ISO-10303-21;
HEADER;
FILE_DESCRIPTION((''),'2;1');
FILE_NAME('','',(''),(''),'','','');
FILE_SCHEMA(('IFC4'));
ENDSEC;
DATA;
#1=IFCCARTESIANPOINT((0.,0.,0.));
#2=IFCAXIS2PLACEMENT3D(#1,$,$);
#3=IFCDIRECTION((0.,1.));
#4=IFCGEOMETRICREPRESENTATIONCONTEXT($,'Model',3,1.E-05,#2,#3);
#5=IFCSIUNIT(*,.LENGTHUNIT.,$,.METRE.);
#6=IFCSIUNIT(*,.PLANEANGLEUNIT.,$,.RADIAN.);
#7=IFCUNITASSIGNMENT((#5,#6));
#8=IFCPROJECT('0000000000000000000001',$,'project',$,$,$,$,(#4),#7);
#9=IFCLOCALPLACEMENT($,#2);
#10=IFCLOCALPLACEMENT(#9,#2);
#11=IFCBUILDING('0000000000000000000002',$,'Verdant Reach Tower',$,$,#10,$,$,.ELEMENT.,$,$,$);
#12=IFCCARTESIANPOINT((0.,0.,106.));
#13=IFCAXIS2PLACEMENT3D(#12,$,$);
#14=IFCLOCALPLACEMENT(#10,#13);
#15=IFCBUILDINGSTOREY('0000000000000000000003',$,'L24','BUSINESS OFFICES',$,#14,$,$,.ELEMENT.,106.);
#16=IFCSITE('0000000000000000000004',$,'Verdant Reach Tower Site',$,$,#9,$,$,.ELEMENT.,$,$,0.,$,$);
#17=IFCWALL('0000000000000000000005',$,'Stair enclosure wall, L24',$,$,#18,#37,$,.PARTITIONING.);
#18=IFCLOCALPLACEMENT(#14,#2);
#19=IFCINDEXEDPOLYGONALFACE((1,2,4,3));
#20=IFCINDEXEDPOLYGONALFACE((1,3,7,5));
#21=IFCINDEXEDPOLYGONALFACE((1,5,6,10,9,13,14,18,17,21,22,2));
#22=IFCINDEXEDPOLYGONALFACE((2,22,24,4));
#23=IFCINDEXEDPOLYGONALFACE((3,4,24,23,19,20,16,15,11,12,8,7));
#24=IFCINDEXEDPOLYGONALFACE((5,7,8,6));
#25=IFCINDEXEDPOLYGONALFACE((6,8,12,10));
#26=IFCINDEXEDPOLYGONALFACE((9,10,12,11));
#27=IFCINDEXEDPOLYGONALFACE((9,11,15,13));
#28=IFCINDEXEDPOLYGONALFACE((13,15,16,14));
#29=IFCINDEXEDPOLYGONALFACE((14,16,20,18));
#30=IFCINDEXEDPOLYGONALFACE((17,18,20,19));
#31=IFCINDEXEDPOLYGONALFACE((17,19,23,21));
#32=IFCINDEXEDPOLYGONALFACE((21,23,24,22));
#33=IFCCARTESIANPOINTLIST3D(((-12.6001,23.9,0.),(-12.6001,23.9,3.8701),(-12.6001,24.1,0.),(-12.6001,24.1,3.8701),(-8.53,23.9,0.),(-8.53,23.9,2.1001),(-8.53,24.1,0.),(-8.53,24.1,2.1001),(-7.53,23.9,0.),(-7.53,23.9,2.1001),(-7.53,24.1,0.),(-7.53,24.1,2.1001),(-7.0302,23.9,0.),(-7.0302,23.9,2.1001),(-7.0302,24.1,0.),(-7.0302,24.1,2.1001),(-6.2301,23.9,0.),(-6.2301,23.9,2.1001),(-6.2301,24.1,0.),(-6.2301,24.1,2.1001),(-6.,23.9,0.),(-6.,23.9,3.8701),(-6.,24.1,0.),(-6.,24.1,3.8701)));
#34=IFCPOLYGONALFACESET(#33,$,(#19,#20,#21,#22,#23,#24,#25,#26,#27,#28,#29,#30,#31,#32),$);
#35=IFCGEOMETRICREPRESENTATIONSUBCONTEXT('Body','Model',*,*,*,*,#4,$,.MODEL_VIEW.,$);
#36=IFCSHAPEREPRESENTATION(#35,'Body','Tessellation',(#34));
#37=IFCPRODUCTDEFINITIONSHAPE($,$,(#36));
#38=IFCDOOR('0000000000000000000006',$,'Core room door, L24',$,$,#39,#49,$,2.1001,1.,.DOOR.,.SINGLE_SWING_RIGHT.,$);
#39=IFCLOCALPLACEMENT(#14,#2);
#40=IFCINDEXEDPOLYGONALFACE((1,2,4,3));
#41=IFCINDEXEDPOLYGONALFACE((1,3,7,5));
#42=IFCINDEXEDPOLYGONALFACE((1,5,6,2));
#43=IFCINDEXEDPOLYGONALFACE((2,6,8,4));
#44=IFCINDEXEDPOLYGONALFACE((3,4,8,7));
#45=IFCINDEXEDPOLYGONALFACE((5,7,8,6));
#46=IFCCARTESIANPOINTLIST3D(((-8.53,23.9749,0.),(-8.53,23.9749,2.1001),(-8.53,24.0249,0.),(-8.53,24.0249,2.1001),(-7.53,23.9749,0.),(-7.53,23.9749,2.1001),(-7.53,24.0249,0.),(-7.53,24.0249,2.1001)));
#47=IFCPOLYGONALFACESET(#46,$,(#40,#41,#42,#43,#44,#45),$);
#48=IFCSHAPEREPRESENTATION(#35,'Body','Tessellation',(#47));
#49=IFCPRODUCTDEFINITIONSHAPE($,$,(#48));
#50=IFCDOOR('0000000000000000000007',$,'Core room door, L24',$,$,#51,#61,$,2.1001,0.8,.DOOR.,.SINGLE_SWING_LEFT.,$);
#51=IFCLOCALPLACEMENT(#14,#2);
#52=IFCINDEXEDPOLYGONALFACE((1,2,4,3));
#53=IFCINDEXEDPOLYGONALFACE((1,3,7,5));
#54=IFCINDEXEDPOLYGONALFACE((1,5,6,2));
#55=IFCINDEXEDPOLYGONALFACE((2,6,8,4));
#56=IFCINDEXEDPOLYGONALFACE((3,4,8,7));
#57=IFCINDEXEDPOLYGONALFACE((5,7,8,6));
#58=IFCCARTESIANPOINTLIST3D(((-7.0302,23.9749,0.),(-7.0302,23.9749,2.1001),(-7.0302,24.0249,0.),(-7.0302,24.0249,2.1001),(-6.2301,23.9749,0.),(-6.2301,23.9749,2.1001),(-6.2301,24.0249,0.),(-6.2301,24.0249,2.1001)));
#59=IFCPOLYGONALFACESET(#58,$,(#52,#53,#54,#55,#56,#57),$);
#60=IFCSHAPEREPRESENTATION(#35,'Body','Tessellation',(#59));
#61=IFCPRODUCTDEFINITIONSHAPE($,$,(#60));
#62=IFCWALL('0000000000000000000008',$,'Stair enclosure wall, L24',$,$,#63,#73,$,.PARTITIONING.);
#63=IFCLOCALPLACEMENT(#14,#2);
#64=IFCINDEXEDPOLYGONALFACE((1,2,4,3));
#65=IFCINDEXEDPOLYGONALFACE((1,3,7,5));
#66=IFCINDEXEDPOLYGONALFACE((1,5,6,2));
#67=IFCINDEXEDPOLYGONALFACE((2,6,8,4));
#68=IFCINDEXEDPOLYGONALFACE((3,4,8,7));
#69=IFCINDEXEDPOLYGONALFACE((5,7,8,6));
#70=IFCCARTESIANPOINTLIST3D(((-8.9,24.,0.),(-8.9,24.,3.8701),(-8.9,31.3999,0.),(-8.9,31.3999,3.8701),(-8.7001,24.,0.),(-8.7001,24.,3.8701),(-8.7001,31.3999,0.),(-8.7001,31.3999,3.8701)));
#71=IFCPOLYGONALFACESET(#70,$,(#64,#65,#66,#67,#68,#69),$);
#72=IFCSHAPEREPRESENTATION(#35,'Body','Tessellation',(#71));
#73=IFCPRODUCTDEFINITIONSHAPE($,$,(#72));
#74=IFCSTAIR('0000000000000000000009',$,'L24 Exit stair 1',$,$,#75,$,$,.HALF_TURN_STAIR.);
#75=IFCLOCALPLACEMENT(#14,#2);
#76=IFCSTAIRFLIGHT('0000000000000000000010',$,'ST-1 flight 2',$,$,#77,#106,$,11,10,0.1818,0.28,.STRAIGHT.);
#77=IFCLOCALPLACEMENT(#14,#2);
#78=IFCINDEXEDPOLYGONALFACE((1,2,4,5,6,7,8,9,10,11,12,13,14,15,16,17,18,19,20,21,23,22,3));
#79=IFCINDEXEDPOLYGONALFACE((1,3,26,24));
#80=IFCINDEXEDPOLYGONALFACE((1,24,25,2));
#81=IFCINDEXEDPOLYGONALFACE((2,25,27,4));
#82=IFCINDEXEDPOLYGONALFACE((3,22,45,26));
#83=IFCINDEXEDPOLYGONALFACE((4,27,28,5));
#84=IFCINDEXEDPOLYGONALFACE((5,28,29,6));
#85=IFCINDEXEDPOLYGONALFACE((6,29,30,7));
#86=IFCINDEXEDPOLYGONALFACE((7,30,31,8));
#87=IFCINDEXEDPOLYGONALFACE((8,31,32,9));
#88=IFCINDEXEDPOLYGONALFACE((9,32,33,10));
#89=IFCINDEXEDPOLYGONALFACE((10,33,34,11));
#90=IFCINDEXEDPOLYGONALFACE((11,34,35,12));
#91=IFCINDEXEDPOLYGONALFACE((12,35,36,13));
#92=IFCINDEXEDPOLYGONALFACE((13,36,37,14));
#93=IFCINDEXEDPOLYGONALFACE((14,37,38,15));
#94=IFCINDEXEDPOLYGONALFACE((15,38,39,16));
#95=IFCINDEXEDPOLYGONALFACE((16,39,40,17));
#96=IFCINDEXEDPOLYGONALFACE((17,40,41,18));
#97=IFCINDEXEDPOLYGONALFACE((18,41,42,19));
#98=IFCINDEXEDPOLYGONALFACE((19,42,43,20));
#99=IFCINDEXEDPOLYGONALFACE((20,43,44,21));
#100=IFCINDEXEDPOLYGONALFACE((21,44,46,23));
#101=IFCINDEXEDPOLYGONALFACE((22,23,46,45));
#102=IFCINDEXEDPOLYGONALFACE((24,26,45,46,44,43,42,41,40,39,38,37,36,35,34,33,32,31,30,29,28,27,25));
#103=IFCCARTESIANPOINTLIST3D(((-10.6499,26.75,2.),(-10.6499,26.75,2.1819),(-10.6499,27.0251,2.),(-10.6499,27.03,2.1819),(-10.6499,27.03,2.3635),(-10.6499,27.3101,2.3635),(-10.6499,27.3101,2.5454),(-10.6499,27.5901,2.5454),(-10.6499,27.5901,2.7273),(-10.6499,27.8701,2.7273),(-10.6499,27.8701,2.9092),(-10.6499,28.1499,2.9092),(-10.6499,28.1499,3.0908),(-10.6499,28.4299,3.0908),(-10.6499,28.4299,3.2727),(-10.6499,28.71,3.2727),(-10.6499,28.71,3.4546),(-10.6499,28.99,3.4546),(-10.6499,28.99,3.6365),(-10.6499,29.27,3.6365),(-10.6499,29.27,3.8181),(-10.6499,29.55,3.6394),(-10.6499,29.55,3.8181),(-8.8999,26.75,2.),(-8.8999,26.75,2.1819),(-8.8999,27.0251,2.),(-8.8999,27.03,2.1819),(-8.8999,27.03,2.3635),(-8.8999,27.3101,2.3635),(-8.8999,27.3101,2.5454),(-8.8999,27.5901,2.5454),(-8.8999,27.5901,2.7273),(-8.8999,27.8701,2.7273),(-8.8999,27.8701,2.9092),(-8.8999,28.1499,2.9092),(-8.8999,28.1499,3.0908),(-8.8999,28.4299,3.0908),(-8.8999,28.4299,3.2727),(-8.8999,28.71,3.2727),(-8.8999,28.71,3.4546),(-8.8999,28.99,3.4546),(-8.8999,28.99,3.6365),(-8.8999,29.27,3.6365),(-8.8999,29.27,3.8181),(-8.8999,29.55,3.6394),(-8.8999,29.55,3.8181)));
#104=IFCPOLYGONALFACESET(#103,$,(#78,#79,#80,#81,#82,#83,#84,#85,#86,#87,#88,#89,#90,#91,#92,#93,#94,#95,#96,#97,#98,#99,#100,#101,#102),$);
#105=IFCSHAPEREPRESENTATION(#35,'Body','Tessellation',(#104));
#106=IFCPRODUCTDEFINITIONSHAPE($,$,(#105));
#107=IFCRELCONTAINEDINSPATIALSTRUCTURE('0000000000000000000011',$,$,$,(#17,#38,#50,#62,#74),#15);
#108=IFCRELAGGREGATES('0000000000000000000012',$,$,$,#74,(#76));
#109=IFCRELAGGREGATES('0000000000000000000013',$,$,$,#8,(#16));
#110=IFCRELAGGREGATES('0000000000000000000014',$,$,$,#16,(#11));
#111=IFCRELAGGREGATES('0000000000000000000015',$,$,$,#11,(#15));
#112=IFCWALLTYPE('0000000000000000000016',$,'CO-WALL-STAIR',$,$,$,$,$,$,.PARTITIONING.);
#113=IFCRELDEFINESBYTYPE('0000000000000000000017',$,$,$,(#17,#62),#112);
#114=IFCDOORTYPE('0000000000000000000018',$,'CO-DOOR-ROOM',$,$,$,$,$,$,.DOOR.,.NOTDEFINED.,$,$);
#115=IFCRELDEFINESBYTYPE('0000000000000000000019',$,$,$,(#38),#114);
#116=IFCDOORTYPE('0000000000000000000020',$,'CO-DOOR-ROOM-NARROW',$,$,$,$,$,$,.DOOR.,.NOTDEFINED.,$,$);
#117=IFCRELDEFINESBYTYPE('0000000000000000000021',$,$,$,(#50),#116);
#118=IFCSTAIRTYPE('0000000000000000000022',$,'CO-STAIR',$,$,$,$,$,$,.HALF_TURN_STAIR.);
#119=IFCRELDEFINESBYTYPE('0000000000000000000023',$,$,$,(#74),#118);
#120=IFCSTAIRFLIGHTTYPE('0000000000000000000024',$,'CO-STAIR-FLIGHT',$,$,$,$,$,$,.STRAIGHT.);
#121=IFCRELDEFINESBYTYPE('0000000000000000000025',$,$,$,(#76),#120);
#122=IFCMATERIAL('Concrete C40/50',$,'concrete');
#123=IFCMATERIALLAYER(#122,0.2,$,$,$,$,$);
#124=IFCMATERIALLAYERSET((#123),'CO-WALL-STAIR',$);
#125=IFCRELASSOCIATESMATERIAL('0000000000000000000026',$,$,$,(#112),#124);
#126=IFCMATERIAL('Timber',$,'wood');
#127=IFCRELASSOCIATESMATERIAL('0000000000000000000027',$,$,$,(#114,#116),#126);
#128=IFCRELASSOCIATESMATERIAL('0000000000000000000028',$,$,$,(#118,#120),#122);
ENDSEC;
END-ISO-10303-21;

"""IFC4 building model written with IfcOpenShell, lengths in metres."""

from ifc_helpers import new_model, si_unit, direction, frame, frame_2d, origin, place, context, subcontext, project, spatial, polyline, rectangle, outline, extrude, material, layer, layer_set, type_object, element, fill, aggregate, save


model = new_model("IFC4")

# Units and contexts
model_context = context("Model", 3, precision=1e-05, world=origin(), true_north=direction((0.0, 1.0)))
body_context = subcontext(model_context, "Body", "Model", "MODEL_VIEW")
ifc_project = project(units=[si_unit("LENGTHUNIT", "METRE"), si_unit("PLANEANGLEUNIT", "RADIAN")], contexts=[model_context])

# Site, building, storey
site_placement = place(None, origin())
site = spatial("IfcSite", under=ifc_project, at=site_placement, Name="Verdant Reach Tower Site", CompositionType="ELEMENT", RefElevation=0.0)
building_placement = place(site_placement, origin())
building = spatial("IfcBuilding", under=site, at=building_placement, Name="Verdant Reach Tower", CompositionType="ELEMENT")
storey_placement = place(building_placement, frame((0.0, 0.0, 106.0)))
storey = spatial("IfcBuildingStorey", under=building, at=storey_placement, Name="L24", Description="BUSINESS OFFICES", CompositionType="ELEMENT", Elevation=106.0)

# Shared definitions
ifc_material_1 = material(Name="Concrete C40/50", Category="concrete")

# Wall, openings, doors
ifc_layer_1 = layer(ifc_material_1, 0.2)
ifc_layer_set_1 = layer_set([ifc_layer_1], Name="CO-WALL-STAIR")
wall_type_1 = type_object("IfcWallType", Name="CO-WALL-STAIR", PredefinedType="PARTITIONING", material=ifc_layer_set_1)
wall_1_placement = place(storey_placement, frame((-12.6001, 24.0, 0.0), z_axis=(0.0, 0.0, 1.0), x_axis=(1.0, 0.0, 0.0)))
wall_1 = element("IfcWall", 1, at=wall_1_placement, inside=storey, type_object=wall_type_1, Name="Stair enclosure wall, L24", PredefinedType="PARTITIONING", context=body_context, shape_type="SweptSolid", body=[
    extrude(rectangle(XDim=6.6001, YDim=0.2, at=frame_2d((3.3, 0.0))), origin(), (0.0, 0.0, 1.0), 3.8701),
])
opening_1_placement = place(wall_1_placement, frame((4.0701, 0.0, 0.0)))
opening_1 = element("IfcOpeningElement", 2, at=opening_1_placement, cuts=wall_1, PredefinedType="OPENING", context=body_context, shape_type="SweptSolid", body=[
    extrude(rectangle(XDim=1.0, YDim=2.1001, at=frame_2d((0.5, 1.05))), frame((0.0, 0.1099, 0.0), z_axis=(0.0, -1.0, 0.0), x_axis=(1.0, 0.0, 0.0)), (0.0, 0.0, 1.0), 0.22),
])
opening_2_placement = place(wall_1_placement, frame((5.5701, 0.0, 0.0)))
opening_2 = element("IfcOpeningElement", 3, at=opening_2_placement, cuts=wall_1, PredefinedType="OPENING", context=body_context, shape_type="SweptSolid", body=[
    extrude(rectangle(XDim=0.8, YDim=2.1001, at=frame_2d((0.3999, 1.05))), frame((0.0, 0.1099, 0.0), z_axis=(0.0, -1.0, 0.0), x_axis=(1.0, 0.0, 0.0)), (0.0, 0.0, 1.0), 0.22),
])
ifc_material_2 = material(Name="Timber", Category="wood")
door_type_1 = type_object("IfcDoorType", Name="CO-DOOR-ROOM", OperationType="NOTDEFINED", PredefinedType="DOOR", material=ifc_material_2)
door_1_placement = place(opening_1_placement, origin())
door_1 = element("IfcDoor", 4, at=door_1_placement, inside=storey, type_object=door_type_1, Name="Core room door, L24", OperationType="SINGLE_SWING_RIGHT", OverallHeight=2.1001, OverallWidth=1.0, PredefinedType="DOOR", context=body_context, shape_type="SweptSolid", body=[
    extrude(rectangle(XDim=1.0, YDim=2.1001, at=frame_2d((0.5, 1.05))), frame((0.0, 0.0249, 0.0), z_axis=(0.0, -1.0, 0.0), x_axis=(1.0, 0.0, 0.0)), (0.0, 0.0, 1.0), 0.05),
])
fill(opening_1, door_1)
door_type_2 = type_object("IfcDoorType", Name="CO-DOOR-ROOM-NARROW", OperationType="NOTDEFINED", PredefinedType="DOOR", material=ifc_material_2)
door_2_placement = place(opening_2_placement, origin())
door_2 = element("IfcDoor", 5, at=door_2_placement, inside=storey, type_object=door_type_2, Name="Core room door, L24", OperationType="SINGLE_SWING_LEFT", OverallHeight=2.1001, OverallWidth=0.8, PredefinedType="DOOR", context=body_context, shape_type="SweptSolid", body=[
    extrude(rectangle(XDim=0.8, YDim=2.1001, at=frame_2d((0.3999, 1.05))), frame((0.0, 0.0249, 0.0), z_axis=(0.0, -1.0, 0.0), x_axis=(1.0, 0.0, 0.0)), (0.0, 0.0, 1.0), 0.05),
])
fill(opening_2, door_2)

# Wall
wall_2_placement = place(storey_placement, frame((-8.8, 24.0, 0.0), z_axis=(0.0, 0.0, 1.0), x_axis=(0.0, 1.0, 0.0)))
element("IfcWall", 6, at=wall_2_placement, inside=storey, type_object=wall_type_1, Name="Stair enclosure wall, L24", PredefinedType="PARTITIONING", context=body_context, shape_type="SweptSolid", body=[
    extrude(rectangle(XDim=7.3999, YDim=0.2, at=frame_2d((3.7, 0.0))), origin(), (0.0, 0.0, 1.0), 3.8701),
])

# Stair, stair flight
stair_type = type_object("IfcStairType", Name="CO-STAIR", PredefinedType="HALF_TURN_STAIR", material=ifc_material_1)
stair_placement = place(storey_placement, origin())
stair = element("IfcStair", 7, at=stair_placement, inside=storey, type_object=stair_type, Name="L24 Exit stair 1", PredefinedType="HALF_TURN_STAIR")
stair_flight_type = type_object("IfcStairFlightType", Name="CO-STAIR-FLIGHT", PredefinedType="STRAIGHT", material=ifc_material_1)
stair_flight_placement = place(storey_placement, frame((-9.7749, 26.75, 2.0), z_axis=(0.0, 0.0, 1.0), x_axis=(0.0, 1.0, 0.0)))
stair_flight = element("IfcStairFlight", 8, at=stair_flight_placement, type_object=stair_flight_type, Name="ST-1 flight 2", NumberOfRisers=11, NumberOfTreads=10, PredefinedType="STRAIGHT", RiserHeight=0.1818, TreadLength=0.28, context=body_context, shape_type="SweptSolid", body=[
    extrude(outline(polyline([(0.0, 0.0), (0.0, 0.1819), (0.28, 0.1819), (0.28, 0.3635), (0.5601, 0.3635), (0.5601, 0.5454), (0.8401, 0.5454), (0.8401, 0.7273), (1.1201, 0.7273), (1.1201, 0.9092), (1.3999, 0.9092), (1.3999, 1.0908), (1.6799, 1.0908), (1.6799, 1.2727), (1.96, 1.2727), (1.96, 1.4546), (2.24, 1.4546), (2.24, 1.6365), (2.52, 1.6365), (2.52, 1.8181), (2.8, 1.8181), (2.8, 2.0), (2.8, 1.6394), (0.2751, 0.0), (0.0, 0.0)])), frame((0.0, 0.875, 0.0), z_axis=(0.0, -1.0, 0.0), x_axis=(1.0, 0.0, 0.0)), (0.0, 0.0, 1.0), 1.75),
])
aggregate(stair, [stair_flight])

save(model, "model.ifc")
